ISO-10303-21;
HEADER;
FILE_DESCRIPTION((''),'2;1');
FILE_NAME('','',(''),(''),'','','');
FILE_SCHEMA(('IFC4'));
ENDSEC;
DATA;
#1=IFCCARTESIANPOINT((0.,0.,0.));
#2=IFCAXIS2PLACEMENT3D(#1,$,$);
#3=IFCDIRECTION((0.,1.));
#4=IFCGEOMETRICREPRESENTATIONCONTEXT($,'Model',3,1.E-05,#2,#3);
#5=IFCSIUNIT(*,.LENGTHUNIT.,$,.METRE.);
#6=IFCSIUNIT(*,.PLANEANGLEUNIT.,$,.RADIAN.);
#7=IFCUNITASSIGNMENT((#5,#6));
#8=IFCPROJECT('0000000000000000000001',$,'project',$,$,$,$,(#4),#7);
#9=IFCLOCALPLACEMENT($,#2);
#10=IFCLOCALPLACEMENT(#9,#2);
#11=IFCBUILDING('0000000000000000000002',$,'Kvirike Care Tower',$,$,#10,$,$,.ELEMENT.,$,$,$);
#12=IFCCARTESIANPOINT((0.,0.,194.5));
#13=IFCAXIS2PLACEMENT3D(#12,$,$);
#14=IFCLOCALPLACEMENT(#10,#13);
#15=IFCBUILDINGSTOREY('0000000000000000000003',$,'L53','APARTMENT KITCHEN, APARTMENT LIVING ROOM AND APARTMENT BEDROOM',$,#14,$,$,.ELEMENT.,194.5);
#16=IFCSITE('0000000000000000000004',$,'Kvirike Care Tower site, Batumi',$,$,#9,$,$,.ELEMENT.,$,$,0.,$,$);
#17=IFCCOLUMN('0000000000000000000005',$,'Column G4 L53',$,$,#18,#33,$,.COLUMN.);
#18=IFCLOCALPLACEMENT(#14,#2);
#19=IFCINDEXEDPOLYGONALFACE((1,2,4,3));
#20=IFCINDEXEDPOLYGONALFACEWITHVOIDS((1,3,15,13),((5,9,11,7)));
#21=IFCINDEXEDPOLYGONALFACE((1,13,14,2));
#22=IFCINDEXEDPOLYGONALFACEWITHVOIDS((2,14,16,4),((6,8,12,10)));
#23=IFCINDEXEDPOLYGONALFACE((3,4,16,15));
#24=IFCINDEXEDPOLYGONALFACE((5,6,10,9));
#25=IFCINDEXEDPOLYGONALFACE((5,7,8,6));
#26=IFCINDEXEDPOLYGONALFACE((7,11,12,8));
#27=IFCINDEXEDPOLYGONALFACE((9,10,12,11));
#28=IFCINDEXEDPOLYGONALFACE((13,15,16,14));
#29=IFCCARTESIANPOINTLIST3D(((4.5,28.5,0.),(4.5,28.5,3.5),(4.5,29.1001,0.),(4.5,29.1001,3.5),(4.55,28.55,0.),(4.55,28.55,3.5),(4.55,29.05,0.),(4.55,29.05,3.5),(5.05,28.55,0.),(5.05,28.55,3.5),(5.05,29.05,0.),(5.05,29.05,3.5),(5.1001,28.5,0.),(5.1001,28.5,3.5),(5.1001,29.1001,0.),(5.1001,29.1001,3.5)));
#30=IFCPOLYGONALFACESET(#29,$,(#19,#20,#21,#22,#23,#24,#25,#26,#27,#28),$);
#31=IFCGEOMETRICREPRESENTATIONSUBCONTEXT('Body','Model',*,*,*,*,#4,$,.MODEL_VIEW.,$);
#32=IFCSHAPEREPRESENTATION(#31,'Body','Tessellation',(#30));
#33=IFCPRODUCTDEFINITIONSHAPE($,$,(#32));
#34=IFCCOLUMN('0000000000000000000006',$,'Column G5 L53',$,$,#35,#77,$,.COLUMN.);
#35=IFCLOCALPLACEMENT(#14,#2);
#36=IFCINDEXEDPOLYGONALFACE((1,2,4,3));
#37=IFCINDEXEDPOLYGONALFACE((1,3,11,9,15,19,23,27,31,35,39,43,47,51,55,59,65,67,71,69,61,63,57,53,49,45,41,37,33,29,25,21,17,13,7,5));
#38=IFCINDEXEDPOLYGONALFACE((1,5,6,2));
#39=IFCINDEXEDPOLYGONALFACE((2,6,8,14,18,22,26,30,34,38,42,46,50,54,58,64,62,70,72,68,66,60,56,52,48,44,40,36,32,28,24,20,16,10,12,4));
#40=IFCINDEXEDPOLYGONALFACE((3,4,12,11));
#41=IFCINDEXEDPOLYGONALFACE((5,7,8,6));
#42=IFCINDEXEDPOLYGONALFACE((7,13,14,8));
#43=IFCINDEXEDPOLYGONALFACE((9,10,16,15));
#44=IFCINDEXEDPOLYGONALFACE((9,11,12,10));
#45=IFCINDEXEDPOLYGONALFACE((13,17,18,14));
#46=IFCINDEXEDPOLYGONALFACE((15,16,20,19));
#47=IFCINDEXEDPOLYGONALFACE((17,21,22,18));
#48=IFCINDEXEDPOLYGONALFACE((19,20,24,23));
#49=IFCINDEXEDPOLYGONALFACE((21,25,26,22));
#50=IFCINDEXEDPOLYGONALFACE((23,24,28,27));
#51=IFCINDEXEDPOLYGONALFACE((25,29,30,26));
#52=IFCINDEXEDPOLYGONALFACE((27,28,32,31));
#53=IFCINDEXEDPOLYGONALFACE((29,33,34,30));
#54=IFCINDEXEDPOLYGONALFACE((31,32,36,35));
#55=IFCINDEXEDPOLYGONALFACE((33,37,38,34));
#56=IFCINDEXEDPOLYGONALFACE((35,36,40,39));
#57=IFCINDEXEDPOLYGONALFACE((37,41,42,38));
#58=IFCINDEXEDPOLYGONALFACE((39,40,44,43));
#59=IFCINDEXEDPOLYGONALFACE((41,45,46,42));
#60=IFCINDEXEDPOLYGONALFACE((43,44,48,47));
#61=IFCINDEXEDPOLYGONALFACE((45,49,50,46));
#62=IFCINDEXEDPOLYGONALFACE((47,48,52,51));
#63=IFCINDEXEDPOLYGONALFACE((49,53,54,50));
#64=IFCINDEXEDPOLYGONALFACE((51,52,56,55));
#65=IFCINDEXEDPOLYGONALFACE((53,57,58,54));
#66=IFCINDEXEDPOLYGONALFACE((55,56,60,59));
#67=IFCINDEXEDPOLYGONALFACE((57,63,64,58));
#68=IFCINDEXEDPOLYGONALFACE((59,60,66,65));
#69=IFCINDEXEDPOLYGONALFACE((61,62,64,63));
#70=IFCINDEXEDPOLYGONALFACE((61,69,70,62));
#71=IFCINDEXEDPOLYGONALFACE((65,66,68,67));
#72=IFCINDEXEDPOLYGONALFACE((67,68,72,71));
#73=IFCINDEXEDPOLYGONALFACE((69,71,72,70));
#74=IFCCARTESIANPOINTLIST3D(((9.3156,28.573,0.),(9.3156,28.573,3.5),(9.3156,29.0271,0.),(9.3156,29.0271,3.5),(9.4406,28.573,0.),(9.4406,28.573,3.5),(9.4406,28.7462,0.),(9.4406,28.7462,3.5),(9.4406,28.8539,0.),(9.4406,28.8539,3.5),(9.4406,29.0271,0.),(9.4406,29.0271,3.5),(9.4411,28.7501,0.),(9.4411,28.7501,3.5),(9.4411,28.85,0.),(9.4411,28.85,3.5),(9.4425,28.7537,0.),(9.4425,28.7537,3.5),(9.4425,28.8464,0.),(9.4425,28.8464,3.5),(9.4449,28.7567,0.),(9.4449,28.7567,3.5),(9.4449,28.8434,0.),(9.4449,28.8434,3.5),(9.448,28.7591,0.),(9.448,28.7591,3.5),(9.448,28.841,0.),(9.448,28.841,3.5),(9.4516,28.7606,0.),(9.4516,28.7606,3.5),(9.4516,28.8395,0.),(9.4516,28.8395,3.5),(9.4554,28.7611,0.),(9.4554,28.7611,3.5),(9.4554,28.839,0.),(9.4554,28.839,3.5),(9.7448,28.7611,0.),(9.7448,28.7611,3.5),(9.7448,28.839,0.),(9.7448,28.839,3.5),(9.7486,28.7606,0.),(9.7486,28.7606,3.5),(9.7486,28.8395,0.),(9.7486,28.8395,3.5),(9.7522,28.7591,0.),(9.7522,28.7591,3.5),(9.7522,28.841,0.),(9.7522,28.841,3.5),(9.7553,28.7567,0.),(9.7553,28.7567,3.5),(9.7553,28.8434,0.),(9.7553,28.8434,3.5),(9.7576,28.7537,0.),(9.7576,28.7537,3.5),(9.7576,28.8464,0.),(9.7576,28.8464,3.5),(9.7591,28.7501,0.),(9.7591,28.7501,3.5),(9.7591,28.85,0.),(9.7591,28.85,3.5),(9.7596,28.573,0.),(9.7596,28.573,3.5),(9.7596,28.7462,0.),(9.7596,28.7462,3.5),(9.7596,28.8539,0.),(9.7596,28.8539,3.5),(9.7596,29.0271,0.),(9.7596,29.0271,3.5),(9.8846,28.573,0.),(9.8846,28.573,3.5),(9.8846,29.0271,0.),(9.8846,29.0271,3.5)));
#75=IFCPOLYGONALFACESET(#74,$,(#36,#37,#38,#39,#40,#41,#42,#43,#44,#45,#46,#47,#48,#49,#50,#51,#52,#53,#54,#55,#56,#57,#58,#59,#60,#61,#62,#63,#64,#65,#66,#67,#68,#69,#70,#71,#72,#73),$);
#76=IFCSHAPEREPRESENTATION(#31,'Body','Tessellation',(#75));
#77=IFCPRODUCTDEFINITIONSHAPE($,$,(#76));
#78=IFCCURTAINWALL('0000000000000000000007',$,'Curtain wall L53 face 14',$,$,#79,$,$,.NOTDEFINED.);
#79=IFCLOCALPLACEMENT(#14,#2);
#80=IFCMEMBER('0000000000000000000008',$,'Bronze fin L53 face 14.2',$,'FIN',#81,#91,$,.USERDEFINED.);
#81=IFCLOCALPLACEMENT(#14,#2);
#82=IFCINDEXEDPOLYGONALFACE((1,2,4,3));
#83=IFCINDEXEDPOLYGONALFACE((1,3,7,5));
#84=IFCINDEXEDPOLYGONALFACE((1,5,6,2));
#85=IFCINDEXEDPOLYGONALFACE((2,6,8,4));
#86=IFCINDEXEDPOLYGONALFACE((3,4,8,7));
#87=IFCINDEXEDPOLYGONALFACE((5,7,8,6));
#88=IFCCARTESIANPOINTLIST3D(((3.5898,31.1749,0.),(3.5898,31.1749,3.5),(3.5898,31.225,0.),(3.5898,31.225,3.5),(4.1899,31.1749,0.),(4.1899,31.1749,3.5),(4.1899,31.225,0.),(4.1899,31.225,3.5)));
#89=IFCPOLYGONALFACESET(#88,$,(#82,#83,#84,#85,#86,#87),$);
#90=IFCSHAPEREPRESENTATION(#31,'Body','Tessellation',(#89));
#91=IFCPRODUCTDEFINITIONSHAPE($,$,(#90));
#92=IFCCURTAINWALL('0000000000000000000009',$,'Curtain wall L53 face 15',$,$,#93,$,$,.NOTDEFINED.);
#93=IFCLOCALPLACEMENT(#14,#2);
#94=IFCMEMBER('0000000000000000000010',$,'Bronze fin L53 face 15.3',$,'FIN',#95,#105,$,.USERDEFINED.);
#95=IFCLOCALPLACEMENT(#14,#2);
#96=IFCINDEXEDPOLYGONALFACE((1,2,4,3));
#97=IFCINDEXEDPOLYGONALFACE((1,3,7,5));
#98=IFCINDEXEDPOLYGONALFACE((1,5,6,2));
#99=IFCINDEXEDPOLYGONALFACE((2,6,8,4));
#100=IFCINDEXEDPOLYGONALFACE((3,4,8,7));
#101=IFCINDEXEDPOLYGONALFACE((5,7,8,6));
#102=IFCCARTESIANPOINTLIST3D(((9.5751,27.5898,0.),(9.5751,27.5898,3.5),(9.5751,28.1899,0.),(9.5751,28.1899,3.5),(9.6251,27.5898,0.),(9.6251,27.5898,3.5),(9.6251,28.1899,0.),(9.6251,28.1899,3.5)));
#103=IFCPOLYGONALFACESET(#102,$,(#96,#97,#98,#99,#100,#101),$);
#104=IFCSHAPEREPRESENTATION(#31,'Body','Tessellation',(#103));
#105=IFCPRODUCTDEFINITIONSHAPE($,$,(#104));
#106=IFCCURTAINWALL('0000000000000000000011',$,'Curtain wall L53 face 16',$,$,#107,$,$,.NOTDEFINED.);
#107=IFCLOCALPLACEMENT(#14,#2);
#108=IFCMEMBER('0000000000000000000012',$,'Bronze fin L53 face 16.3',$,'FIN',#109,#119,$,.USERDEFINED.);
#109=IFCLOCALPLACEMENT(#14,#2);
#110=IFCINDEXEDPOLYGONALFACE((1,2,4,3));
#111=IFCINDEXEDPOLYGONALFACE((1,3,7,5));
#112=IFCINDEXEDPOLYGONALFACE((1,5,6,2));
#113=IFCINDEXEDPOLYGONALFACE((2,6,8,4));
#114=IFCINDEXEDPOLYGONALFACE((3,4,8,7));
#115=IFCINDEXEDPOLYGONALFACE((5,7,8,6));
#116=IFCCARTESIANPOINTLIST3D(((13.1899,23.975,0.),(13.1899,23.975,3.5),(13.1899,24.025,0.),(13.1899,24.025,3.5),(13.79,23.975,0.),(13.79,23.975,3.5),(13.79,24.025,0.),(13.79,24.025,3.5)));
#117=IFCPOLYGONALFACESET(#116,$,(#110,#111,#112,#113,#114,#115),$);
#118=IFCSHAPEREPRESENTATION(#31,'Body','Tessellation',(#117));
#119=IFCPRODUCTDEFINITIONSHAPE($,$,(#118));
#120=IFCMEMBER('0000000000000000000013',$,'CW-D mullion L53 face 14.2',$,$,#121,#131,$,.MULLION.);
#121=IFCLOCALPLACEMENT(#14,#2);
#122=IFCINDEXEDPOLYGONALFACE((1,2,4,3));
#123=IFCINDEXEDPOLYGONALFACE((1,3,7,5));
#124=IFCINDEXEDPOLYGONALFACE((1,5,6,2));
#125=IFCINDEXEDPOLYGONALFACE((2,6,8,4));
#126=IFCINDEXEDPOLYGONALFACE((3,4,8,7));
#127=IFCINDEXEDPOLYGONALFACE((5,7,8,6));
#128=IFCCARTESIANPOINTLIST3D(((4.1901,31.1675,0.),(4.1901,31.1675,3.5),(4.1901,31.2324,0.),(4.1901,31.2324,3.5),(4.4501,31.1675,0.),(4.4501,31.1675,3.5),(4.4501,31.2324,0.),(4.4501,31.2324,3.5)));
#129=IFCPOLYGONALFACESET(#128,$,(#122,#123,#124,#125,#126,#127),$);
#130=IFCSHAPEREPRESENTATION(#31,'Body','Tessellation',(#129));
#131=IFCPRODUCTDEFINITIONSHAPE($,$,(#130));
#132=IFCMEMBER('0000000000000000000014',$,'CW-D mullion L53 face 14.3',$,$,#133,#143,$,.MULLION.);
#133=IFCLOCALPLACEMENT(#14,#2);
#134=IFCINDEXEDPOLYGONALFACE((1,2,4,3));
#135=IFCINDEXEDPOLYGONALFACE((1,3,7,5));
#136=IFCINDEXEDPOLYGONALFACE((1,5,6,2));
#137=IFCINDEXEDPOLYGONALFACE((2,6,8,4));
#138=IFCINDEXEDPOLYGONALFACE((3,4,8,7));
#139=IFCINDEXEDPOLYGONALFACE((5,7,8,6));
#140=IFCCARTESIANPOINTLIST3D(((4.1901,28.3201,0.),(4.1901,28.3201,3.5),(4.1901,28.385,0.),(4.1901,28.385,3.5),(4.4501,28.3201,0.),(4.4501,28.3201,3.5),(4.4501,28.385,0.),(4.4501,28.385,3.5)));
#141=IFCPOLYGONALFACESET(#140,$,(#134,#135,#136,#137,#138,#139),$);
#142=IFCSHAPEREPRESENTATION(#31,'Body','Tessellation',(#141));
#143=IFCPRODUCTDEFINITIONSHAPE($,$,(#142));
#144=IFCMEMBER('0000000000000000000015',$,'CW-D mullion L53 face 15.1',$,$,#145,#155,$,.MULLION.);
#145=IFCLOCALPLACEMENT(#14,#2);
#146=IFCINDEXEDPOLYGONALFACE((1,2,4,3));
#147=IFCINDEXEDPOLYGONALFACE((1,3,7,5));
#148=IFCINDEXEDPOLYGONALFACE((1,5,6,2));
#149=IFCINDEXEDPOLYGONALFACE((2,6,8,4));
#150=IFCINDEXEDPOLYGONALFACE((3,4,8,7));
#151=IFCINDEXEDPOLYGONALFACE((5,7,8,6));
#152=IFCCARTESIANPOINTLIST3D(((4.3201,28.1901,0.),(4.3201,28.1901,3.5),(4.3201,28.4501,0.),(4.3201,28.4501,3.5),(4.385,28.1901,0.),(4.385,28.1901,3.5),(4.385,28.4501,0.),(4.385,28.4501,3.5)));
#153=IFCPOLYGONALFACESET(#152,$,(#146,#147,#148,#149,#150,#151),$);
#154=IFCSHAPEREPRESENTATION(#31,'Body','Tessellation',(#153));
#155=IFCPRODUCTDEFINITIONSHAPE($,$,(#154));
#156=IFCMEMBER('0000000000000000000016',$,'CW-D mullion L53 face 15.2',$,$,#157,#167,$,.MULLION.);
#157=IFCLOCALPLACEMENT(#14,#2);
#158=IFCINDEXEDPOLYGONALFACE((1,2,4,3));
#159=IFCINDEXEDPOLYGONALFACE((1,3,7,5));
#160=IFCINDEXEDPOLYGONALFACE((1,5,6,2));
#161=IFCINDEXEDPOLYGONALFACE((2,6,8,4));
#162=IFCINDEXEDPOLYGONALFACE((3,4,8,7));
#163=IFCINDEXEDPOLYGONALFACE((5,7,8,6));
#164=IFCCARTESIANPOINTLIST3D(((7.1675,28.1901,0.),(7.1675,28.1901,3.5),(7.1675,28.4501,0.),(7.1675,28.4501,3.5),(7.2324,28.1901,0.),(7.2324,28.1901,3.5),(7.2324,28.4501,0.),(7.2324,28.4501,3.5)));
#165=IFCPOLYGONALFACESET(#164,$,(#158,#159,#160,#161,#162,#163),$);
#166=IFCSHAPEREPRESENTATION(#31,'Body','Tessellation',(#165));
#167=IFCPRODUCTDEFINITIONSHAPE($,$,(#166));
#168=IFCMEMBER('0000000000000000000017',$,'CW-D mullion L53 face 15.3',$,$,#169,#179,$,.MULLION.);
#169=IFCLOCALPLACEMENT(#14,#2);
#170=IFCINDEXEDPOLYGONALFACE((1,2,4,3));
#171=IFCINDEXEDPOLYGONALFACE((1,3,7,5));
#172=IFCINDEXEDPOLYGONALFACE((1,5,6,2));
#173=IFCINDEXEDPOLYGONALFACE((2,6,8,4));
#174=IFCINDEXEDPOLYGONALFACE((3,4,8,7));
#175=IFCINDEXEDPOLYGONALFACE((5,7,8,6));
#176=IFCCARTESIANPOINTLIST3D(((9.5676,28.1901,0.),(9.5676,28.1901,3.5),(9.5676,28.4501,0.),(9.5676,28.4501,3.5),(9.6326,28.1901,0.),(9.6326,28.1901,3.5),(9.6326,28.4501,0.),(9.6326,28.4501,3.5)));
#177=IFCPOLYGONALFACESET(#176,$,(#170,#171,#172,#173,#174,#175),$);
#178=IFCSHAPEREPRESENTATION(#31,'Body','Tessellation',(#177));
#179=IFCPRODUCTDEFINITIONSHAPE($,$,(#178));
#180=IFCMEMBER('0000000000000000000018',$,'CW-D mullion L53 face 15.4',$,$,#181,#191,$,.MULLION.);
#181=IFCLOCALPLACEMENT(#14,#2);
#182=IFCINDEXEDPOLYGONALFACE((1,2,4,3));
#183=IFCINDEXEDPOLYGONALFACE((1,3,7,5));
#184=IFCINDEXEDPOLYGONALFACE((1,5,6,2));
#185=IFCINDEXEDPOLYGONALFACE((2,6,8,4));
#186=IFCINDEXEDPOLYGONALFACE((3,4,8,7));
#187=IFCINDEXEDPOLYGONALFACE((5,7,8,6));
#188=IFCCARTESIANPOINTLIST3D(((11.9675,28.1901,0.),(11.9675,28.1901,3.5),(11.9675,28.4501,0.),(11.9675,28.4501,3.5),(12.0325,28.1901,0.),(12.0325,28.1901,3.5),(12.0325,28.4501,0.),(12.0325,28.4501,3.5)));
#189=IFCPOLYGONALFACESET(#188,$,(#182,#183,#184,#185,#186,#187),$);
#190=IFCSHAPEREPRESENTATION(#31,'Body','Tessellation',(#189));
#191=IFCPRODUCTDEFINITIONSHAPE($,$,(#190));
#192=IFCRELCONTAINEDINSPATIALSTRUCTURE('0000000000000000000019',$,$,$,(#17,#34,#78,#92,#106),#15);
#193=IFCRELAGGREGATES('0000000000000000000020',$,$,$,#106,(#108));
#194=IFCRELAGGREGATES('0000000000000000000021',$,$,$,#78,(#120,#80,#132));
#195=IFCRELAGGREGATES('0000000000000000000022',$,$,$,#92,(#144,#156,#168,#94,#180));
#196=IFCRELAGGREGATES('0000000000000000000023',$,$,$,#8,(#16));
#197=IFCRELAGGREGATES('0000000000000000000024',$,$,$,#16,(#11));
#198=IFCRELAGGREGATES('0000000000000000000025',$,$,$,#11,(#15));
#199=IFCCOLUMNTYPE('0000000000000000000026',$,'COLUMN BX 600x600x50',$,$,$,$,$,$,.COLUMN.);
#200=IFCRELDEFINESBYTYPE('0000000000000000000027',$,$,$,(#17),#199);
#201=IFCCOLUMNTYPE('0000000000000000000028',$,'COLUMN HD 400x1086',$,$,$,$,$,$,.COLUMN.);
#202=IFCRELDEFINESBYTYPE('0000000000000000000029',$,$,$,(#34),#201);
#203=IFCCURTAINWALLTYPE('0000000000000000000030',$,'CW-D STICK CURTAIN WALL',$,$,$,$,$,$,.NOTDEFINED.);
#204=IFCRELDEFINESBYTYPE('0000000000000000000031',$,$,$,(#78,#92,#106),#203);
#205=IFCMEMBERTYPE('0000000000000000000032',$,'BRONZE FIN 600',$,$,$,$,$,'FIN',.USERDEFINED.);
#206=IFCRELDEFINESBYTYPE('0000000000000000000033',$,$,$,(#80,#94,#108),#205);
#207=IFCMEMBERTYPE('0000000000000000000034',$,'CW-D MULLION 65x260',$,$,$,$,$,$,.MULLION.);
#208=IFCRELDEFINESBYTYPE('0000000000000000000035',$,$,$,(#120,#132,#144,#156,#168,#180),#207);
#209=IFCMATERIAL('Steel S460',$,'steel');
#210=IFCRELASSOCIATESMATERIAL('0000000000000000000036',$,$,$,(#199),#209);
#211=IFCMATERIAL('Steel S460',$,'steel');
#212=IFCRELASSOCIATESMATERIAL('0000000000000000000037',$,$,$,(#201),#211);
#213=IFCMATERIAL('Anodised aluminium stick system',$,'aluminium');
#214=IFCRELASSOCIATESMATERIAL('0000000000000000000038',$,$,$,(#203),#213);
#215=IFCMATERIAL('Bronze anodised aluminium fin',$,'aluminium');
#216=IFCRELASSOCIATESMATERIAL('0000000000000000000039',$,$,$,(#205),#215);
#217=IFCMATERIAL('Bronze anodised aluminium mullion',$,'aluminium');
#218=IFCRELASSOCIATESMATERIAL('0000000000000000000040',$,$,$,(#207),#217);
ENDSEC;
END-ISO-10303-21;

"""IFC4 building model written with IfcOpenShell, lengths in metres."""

from ifc_helpers import new_model, si_unit, direction, frame, origin, origin_2d, place, context, subcontext, project, spatial, rectangle, hollow_rectangle, i_section, extrude, material, material_profile, profile_set, type_object, element, aggregate, save


model = new_model("IFC4")

# Units and contexts
model_context = context("Model", 3, precision=1e-05, world=origin(), true_north=direction((0.0, 1.0)))
body_context = subcontext(model_context, "Body", "Model", "MODEL_VIEW")
ifc_project = project(units=[si_unit("LENGTHUNIT", "METRE"), si_unit("PLANEANGLEUNIT", "RADIAN")], contexts=[model_context])

# Site, building, storey
site_placement = place(None, origin())
site = spatial("IfcSite", under=ifc_project, at=site_placement, Name="Kvirike Care Tower site, Batumi", CompositionType="ELEMENT", RefElevation=0.0)
building_placement = place(site_placement, origin())
building = spatial("IfcBuilding", under=site, at=building_placement, Name="Kvirike Care Tower", CompositionType="ELEMENT")
storey_placement = place(building_placement, frame((0.0, 0.0, 194.5)))
storey = spatial("IfcBuildingStorey", under=building, at=storey_placement, Name="L53", Description="APARTMENT KITCHEN, APARTMENT LIVING ROOM AND APARTMENT BEDROOM", CompositionType="ELEMENT", Elevation=194.5)

# Columns
ifc_material_1 = material(Name="Steel S460", Category="steel")
ifc_material_profile_1 = material_profile(ifc_material_1, hollow_rectangle(XDim=0.6001, YDim=0.6001, WallThickness=0.05, at=origin_2d()), Name="BX 600x600x50")
ifc_profile_set_1 = profile_set([ifc_material_profile_1], Name="Steel S460")
column_type_1 = type_object("IfcColumnType", Name="COLUMN BX 600x600x50", PredefinedType="COLUMN", material=ifc_profile_set_1)
column_1_placement = place(storey_placement, frame((4.8, 28.8, 0.0), z_axis=(0.0, 0.0, 1.0), x_axis=(0.0, 1.0, 0.0)))
element("IfcColumn", 1, at=column_1_placement, inside=storey, type_object=column_type_1, Name="Column G4 L53", PredefinedType="COLUMN", context=body_context, shape_type="SweptSolid", body=[
    extrude(hollow_rectangle(XDim=0.6001, YDim=0.6001, WallThickness=0.05, at=origin_2d()), origin(), (0.0, 0.0, 1.0), 3.5),
])
ifc_material_2 = material(Name="Steel S460", Category="steel")
ifc_material_profile_2 = material_profile(ifc_material_2, i_section(OverallWidth=0.4541, OverallDepth=0.5691, WebThickness=0.0779, FlangeThickness=0.125, FilletRadius=0.0149, at=origin_2d()), Name="HD 400x1086")
ifc_profile_set_2 = profile_set([ifc_material_profile_2], Name="Steel S460")
column_type_2 = type_object("IfcColumnType", Name="COLUMN HD 400x1086", PredefinedType="COLUMN", material=ifc_profile_set_2)
column_2_placement = place(storey_placement, frame((9.6001, 28.8, 0.0), z_axis=(0.0, 0.0, 1.0), x_axis=(0.0, 1.0, 0.0)))
element("IfcColumn", 2, at=column_2_placement, inside=storey, type_object=column_type_2, Name="Column G5 L53", PredefinedType="COLUMN", context=body_context, shape_type="SweptSolid", body=[
    extrude(i_section(OverallWidth=0.4541, OverallDepth=0.5691, WebThickness=0.0779, FlangeThickness=0.125, FilletRadius=0.0149, at=origin_2d()), origin(), (0.0, 0.0, 1.0), 3.5),
])

# Curtain walls, members
ifc_material_3 = material(Name="Anodised aluminium stick system", Category="aluminium")
curtain_wall_type = type_object("IfcCurtainWallType", Name="CW-D STICK CURTAIN WALL", PredefinedType="NOTDEFINED", material=ifc_material_3)
curtain_wall_1_placement = place(storey_placement, origin())
curtain_wall_1 = element("IfcCurtainWall", 3, at=curtain_wall_1_placement, inside=storey, type_object=curtain_wall_type, Name="Curtain wall L53 face 14", PredefinedType="NOTDEFINED")
ifc_material_4 = material(Name="Bronze anodised aluminium fin", Category="aluminium")
ifc_material_profile_3 = material_profile(ifc_material_4, rectangle(XDim=0.05, YDim=0.6001, at=origin_2d()), Name="BRONZE FIN 600")
ifc_profile_set_3 = profile_set([ifc_material_profile_3], Name="Bronze anodised aluminium fin")
member_type_1 = type_object("IfcMemberType", Name="BRONZE FIN 600", ElementType="FIN", PredefinedType="USERDEFINED", material=ifc_profile_set_3)
member_1_placement = place(storey_placement, frame((3.8899, 31.2, 0.0), z_axis=(0.0, 0.0, 1.0), x_axis=(0.0, -1.0, 0.0)))
member_1 = element("IfcMember", 4, at=member_1_placement, type_object=member_type_1, Name="Bronze fin L53 face 14.2", ObjectType="FIN", PredefinedType="USERDEFINED", context=body_context, shape_type="SweptSolid", body=[
    extrude(rectangle(XDim=0.05, YDim=0.6001, at=origin_2d()), origin(), (0.0, 0.0, 1.0), 3.5),
])
curtain_wall_2_placement = place(storey_placement, origin())
curtain_wall_2 = element("IfcCurtainWall", 5, at=curtain_wall_2_placement, inside=storey, type_object=curtain_wall_type, Name="Curtain wall L53 face 15", PredefinedType="NOTDEFINED")
member_2_placement = place(storey_placement, frame((9.6001, 27.8899, 0.0), z_axis=(0.0, 0.0, 1.0), x_axis=(1.0, 0.0, 0.0)))
member_2 = element("IfcMember", 6, at=member_2_placement, type_object=member_type_1, Name="Bronze fin L53 face 15.3", ObjectType="FIN", PredefinedType="USERDEFINED", context=body_context, shape_type="SweptSolid", body=[
    extrude(rectangle(XDim=0.05, YDim=0.6001, at=origin_2d()), origin(), (0.0, 0.0, 1.0), 3.5),
])
curtain_wall_3_placement = place(storey_placement, origin())
curtain_wall_3 = element("IfcCurtainWall", 7, at=curtain_wall_3_placement, inside=storey, type_object=curtain_wall_type, Name="Curtain wall L53 face 16", PredefinedType="NOTDEFINED")
member_3_placement = place(storey_placement, frame((13.49, 24.0, 0.0), z_axis=(0.0, 0.0, 1.0), x_axis=(0.0, -1.0, 0.0)))
member_3 = element("IfcMember", 8, at=member_3_placement, type_object=member_type_1, Name="Bronze fin L53 face 16.3", ObjectType="FIN", PredefinedType="USERDEFINED", context=body_context, shape_type="SweptSolid", body=[
    extrude(rectangle(XDim=0.05, YDim=0.6001, at=origin_2d()), origin(), (0.0, 0.0, 1.0), 3.5),
])
aggregate(curtain_wall_3, [member_3])

# Members
ifc_material_5 = material(Name="Bronze anodised aluminium mullion", Category="aluminium")
ifc_material_profile_4 = material_profile(ifc_material_5, rectangle(XDim=0.0649, YDim=0.26, at=origin_2d()), Name="CW-D MULLION 65x260")
ifc_profile_set_4 = profile_set([ifc_material_profile_4], Name="Bronze anodised aluminium mullion")
member_type_2 = type_object("IfcMemberType", Name="CW-D MULLION 65x260", PredefinedType="MULLION", material=ifc_profile_set_4)
member_4_placement = place(storey_placement, frame((4.3201, 31.2, 0.0), z_axis=(0.0, 0.0, 1.0), x_axis=(0.0, -1.0, 0.0)))
member_4 = element("IfcMember", 9, at=member_4_placement, type_object=member_type_2, Name="CW-D mullion L53 face 14.2", PredefinedType="MULLION", context=body_context, shape_type="SweptSolid", body=[
    extrude(rectangle(XDim=0.0649, YDim=0.26, at=origin_2d()), origin(), (0.0, 0.0, 1.0), 3.5),
])
member_5_placement = place(storey_placement, frame((4.3201, 28.3525, 0.0), z_axis=(0.0, 0.0, 1.0), x_axis=(0.0, -1.0, 0.0)))
member_5 = element("IfcMember", 10, at=member_5_placement, type_object=member_type_2, Name="CW-D mullion L53 face 14.3", PredefinedType="MULLION", context=body_context, shape_type="SweptSolid", body=[
    extrude(rectangle(XDim=0.0649, YDim=0.26, at=origin_2d()), origin(), (0.0, 0.0, 1.0), 3.5),
])
member_6_placement = place(storey_placement, frame((4.3525, 28.3201, 0.0), z_axis=(0.0, 0.0, 1.0), x_axis=(1.0, 0.0, 0.0)))
member_6 = element("IfcMember", 11, at=member_6_placement, type_object=member_type_2, Name="CW-D mullion L53 face 15.1", PredefinedType="MULLION", context=body_context, shape_type="SweptSolid", body=[
    extrude(rectangle(XDim=0.0649, YDim=0.26, at=origin_2d()), origin(), (0.0, 0.0, 1.0), 3.5),
])
member_7_placement = place(storey_placement, frame((7.2, 28.3201, 0.0), z_axis=(0.0, 0.0, 1.0), x_axis=(1.0, 0.0, 0.0)))
member_7 = element("IfcMember", 12, at=member_7_placement, type_object=member_type_2, Name="CW-D mullion L53 face 15.2", PredefinedType="MULLION", context=body_context, shape_type="SweptSolid", body=[
    extrude(rectangle(XDim=0.0649, YDim=0.26, at=origin_2d()), origin(), (0.0, 0.0, 1.0), 3.5),
])
member_8_placement = place(storey_placement, frame((9.6001, 28.3201, 0.0), z_axis=(0.0, 0.0, 1.0), x_axis=(1.0, 0.0, 0.0)))
member_8 = element("IfcMember", 13, at=member_8_placement, type_object=member_type_2, Name="CW-D mullion L53 face 15.3", PredefinedType="MULLION", context=body_context, shape_type="SweptSolid", body=[
    extrude(rectangle(XDim=0.0649, YDim=0.26, at=origin_2d()), origin(), (0.0, 0.0, 1.0), 3.5),
])
member_9_placement = place(storey_placement, frame((12.0, 28.3201, 0.0), z_axis=(0.0, 0.0, 1.0), x_axis=(1.0, 0.0, 0.0)))
member_9 = element("IfcMember", 14, at=member_9_placement, type_object=member_type_2, Name="CW-D mullion L53 face 15.4", PredefinedType="MULLION", context=body_context, shape_type="SweptSolid", body=[
    extrude(rectangle(XDim=0.0649, YDim=0.26, at=origin_2d()), origin(), (0.0, 0.0, 1.0), 3.5),
])

aggregate(curtain_wall_1, [member_4, member_1, member_5])
aggregate(curtain_wall_2, [member_6, member_7, member_8, member_2, member_9])

save(model, "model.ifc")
